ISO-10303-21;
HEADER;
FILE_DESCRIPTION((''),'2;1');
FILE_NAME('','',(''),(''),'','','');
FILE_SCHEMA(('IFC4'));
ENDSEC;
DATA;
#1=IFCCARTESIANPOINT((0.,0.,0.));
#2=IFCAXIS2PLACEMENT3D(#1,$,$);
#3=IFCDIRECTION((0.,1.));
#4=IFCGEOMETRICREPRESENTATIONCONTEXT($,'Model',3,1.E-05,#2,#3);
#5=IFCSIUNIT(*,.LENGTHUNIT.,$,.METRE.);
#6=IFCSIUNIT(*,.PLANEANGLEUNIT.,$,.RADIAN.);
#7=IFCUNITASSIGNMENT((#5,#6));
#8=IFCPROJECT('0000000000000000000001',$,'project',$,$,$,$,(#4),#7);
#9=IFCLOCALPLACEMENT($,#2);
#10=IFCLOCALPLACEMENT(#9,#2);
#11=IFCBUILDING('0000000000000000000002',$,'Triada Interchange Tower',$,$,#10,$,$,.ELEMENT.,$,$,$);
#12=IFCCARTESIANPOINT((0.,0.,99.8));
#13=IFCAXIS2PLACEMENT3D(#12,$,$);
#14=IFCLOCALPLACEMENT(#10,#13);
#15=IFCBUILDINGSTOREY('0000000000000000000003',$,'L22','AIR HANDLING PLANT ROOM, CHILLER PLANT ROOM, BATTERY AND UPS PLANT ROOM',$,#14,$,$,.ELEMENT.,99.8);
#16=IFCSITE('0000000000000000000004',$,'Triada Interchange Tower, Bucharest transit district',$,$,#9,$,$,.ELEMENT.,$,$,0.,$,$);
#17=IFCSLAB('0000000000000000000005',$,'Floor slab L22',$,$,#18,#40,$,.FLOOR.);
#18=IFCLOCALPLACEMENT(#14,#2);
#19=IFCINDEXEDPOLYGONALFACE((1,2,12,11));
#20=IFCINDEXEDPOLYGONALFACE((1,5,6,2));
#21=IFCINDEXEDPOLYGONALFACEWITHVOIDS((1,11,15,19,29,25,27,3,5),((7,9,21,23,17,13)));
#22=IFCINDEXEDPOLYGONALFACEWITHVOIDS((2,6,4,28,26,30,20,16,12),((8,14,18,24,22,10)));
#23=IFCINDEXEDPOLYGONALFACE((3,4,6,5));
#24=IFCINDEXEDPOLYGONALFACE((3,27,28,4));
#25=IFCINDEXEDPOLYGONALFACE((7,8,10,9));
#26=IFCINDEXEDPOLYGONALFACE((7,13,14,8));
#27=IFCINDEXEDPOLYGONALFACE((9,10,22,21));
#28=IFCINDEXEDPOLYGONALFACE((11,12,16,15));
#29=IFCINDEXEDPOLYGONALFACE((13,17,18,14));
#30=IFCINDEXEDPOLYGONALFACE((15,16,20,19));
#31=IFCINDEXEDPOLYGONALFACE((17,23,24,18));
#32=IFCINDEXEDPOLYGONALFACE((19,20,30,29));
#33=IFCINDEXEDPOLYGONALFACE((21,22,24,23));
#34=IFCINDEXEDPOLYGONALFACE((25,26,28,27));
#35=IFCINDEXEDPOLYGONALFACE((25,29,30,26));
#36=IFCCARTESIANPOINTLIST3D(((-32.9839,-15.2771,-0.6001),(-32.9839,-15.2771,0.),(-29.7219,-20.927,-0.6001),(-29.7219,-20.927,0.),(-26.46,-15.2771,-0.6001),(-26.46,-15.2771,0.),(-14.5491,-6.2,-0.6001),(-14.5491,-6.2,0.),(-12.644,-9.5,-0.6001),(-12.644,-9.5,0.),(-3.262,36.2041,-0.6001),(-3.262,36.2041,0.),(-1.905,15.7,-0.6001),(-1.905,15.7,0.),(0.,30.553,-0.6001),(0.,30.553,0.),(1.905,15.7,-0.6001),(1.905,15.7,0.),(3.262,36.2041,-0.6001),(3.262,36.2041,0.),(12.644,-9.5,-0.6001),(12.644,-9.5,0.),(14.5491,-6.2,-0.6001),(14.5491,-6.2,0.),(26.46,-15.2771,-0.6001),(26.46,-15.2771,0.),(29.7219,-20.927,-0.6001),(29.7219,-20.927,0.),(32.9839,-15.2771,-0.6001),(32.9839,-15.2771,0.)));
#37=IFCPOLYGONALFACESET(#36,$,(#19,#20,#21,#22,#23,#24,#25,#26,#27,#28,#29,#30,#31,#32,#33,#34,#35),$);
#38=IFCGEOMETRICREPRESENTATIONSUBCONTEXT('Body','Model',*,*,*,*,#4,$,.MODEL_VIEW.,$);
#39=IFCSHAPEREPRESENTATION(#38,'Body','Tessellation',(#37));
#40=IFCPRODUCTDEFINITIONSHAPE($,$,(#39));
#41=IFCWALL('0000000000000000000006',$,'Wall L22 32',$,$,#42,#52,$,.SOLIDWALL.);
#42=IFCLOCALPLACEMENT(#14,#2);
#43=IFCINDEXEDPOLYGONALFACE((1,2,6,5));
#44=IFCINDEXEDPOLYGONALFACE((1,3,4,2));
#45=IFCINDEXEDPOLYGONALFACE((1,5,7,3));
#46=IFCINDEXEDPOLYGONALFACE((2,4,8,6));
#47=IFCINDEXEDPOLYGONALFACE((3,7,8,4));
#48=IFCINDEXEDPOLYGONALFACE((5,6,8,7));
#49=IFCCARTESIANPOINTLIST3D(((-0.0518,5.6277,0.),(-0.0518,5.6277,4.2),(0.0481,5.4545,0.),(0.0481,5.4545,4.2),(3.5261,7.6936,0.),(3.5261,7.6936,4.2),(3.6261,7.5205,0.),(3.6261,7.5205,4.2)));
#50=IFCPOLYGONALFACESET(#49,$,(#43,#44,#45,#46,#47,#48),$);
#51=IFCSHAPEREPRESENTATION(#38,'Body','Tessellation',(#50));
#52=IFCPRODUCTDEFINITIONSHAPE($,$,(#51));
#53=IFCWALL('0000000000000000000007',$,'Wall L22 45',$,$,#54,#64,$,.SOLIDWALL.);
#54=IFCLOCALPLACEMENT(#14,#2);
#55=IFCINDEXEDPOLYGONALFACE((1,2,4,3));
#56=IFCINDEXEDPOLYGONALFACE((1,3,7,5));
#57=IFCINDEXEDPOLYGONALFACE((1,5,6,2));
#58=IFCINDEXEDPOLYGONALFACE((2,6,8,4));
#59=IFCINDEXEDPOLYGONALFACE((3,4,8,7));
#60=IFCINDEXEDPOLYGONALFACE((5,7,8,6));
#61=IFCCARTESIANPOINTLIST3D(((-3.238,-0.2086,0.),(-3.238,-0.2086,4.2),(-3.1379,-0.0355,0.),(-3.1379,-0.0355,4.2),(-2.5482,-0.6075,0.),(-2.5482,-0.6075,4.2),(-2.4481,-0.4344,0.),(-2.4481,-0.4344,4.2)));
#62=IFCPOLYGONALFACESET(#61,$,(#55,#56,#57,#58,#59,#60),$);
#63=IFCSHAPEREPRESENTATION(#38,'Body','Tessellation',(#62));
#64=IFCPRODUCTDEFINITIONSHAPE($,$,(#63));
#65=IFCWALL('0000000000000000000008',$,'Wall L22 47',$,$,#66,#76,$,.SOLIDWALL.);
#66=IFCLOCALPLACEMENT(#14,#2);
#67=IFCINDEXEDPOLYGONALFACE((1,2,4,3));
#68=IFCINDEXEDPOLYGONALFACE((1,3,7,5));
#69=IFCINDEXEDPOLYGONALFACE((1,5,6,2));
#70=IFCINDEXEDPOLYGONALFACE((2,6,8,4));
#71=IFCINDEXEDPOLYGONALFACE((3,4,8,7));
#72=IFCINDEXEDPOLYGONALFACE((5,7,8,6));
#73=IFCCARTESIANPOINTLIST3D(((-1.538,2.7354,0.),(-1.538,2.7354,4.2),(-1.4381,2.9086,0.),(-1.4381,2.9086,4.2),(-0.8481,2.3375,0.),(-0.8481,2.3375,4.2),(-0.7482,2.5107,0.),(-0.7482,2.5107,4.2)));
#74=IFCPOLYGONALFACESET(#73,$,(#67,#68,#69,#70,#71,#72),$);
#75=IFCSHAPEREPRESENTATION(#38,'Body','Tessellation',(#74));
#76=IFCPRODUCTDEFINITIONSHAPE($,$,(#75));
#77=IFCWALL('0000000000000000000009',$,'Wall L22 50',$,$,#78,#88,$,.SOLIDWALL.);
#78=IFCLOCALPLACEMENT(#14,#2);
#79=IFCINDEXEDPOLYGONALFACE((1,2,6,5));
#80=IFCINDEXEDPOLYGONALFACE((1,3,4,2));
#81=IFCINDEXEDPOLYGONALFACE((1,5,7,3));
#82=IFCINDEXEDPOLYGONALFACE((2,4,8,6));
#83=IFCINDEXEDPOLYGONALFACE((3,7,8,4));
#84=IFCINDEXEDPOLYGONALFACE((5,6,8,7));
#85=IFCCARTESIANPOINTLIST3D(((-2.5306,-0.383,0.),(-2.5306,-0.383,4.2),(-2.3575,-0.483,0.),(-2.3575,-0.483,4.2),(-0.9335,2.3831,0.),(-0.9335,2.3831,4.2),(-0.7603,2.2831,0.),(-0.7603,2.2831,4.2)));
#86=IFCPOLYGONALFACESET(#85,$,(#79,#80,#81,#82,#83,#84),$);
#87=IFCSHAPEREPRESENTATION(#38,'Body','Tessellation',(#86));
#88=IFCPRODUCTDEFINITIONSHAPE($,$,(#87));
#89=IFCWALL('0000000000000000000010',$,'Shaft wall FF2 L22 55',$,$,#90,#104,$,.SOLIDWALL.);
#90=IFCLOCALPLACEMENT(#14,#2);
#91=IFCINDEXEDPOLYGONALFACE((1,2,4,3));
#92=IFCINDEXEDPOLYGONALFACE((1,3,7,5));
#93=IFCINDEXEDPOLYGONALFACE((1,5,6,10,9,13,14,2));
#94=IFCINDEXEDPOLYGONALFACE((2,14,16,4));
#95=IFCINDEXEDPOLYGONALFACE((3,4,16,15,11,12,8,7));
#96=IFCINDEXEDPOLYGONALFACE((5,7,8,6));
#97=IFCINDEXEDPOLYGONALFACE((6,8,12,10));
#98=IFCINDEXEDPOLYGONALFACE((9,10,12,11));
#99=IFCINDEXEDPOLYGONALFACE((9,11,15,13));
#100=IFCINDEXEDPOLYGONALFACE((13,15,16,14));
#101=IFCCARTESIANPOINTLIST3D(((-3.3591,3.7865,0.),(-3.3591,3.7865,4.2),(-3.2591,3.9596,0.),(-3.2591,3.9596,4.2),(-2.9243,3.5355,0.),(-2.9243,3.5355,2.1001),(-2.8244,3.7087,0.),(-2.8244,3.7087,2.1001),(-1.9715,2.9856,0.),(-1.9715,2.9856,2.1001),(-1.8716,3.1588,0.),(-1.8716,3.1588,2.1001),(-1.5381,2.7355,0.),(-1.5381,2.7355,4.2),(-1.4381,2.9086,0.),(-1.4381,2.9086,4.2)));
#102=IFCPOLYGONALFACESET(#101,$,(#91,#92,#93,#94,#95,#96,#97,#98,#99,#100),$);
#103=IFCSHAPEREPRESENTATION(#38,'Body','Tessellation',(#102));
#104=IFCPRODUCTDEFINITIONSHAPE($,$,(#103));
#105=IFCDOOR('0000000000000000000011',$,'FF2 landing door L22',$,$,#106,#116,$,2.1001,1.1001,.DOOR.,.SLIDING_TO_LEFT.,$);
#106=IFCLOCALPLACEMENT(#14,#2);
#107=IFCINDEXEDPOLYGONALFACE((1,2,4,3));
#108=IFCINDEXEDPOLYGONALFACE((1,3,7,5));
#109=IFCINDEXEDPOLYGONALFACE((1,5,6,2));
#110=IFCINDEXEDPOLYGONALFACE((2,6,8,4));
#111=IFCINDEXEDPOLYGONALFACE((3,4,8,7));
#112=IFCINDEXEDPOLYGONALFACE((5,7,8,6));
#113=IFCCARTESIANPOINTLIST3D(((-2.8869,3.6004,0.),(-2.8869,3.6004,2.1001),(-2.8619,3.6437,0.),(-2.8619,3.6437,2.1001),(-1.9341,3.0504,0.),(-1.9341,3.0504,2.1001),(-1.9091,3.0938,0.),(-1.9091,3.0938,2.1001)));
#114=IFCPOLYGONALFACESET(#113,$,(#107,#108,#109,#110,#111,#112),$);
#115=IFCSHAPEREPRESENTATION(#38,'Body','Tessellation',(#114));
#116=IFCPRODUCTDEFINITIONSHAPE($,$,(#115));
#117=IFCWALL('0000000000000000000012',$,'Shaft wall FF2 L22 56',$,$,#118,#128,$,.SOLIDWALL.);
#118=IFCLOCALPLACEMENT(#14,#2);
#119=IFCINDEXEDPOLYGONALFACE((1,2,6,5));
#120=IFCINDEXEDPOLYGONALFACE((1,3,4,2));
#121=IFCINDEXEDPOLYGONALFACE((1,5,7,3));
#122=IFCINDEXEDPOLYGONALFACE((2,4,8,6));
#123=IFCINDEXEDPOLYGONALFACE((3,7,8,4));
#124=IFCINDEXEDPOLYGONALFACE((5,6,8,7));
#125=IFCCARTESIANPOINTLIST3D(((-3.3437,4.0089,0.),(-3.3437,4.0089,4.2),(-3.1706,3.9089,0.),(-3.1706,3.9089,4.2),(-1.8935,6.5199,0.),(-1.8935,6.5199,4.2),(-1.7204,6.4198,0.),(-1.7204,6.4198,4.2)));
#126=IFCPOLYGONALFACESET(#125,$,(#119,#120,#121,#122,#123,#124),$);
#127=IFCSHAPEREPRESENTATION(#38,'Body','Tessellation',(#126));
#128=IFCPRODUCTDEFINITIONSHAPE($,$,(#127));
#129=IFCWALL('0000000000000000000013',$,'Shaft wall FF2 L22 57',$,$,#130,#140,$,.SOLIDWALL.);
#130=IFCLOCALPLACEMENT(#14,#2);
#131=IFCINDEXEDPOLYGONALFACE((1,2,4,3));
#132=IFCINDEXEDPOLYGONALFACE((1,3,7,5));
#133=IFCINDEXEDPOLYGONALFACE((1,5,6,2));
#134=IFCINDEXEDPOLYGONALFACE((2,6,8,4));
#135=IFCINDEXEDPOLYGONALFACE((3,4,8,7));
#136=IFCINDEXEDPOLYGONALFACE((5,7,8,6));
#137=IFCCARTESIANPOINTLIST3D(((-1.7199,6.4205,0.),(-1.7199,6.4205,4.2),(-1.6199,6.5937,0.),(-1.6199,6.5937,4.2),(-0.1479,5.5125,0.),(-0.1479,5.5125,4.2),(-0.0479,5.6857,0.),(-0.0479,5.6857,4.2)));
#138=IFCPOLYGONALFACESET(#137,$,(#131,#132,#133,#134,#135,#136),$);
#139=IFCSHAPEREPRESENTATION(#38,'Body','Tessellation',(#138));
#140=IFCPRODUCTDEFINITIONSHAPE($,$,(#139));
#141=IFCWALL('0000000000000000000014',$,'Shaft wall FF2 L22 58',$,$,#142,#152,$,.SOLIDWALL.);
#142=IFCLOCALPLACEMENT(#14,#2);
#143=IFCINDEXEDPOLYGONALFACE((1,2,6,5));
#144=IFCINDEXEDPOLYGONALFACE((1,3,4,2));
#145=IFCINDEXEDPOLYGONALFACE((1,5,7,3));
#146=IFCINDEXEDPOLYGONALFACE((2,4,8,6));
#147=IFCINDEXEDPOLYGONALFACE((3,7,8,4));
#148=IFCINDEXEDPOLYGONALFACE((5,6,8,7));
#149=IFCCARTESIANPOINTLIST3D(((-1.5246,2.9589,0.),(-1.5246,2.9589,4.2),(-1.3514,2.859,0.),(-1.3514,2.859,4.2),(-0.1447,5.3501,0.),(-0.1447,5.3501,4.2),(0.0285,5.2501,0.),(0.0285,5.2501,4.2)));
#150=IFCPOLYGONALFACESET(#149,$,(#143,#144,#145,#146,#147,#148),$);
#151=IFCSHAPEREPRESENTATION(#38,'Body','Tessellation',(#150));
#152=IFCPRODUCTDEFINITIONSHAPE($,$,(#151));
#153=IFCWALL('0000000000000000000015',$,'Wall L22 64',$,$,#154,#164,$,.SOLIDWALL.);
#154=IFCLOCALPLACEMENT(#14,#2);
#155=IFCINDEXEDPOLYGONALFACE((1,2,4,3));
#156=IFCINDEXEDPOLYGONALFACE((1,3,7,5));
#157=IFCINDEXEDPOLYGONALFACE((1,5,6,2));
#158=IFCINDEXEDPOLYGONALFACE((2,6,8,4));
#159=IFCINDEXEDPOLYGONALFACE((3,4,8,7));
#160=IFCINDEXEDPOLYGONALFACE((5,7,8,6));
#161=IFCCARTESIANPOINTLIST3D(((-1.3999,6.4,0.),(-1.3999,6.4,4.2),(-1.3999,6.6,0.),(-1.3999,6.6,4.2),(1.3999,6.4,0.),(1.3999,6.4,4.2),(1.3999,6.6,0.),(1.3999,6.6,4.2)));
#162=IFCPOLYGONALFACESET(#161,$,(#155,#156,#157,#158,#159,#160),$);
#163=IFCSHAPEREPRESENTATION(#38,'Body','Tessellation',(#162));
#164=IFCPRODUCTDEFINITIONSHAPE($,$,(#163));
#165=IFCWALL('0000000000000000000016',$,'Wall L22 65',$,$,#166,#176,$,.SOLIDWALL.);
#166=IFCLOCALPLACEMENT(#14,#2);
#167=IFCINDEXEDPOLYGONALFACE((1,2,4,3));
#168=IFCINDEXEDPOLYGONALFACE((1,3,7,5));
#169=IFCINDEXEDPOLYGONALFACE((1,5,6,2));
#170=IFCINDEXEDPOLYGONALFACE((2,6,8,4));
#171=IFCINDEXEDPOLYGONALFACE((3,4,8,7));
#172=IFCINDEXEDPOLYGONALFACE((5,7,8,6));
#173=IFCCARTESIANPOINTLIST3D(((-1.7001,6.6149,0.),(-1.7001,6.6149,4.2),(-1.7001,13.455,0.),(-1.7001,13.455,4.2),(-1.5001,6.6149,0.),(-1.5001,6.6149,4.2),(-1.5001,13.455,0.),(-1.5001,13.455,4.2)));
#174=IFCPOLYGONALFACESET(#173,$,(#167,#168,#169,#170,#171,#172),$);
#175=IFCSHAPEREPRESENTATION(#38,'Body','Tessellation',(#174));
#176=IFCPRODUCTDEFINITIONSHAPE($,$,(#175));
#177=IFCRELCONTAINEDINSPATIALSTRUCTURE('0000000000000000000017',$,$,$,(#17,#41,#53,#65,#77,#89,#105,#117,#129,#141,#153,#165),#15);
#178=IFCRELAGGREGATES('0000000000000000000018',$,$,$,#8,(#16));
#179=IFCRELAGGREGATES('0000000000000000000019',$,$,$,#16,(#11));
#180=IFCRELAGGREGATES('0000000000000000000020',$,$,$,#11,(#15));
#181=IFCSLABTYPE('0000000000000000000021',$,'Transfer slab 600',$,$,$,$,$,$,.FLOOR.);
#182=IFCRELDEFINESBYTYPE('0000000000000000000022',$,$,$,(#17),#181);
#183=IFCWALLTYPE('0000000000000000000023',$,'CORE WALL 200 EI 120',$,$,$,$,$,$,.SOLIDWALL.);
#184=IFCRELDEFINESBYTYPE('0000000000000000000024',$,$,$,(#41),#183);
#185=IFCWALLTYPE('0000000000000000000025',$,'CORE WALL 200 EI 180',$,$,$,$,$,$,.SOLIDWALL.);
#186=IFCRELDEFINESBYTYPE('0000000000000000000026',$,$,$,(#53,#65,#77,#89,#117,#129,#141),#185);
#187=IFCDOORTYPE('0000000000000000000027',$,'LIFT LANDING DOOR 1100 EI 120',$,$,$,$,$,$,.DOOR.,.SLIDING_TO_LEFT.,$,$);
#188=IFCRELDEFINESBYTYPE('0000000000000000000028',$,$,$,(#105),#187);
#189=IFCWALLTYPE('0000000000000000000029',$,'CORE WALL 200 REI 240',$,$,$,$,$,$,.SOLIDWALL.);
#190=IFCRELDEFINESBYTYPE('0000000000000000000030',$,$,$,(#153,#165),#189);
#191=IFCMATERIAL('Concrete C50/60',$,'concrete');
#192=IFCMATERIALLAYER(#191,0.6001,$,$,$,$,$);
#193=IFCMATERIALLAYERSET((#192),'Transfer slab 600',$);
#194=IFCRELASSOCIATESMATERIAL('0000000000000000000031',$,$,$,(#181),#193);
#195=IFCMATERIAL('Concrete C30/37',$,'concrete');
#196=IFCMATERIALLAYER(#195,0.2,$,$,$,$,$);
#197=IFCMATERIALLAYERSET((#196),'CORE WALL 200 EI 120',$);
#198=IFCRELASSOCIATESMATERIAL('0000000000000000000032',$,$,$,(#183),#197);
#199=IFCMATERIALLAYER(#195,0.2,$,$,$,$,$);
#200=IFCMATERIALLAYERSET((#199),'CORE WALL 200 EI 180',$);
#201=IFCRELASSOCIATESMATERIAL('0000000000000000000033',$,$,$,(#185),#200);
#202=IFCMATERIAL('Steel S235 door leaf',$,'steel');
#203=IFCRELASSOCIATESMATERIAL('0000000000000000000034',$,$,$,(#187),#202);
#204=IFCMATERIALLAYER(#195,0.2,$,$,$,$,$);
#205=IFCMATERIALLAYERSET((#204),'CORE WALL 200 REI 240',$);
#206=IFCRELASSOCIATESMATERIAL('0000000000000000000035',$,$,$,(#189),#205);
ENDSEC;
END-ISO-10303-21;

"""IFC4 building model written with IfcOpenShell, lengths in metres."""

from ifc_helpers import new_model, si_unit, direction, frame, frame_2d, origin, place, context, subcontext, project, spatial, polyline, rectangle, outline, extrude, material, layer, layer_set, type_object, element, fill, save


model = new_model("IFC4")

# Units and contexts
model_context = context("Model", 3, precision=1e-05, world=origin(), true_north=direction((0.0, 1.0)))
body_context = subcontext(model_context, "Body", "Model", "MODEL_VIEW")
ifc_project = project(units=[si_unit("LENGTHUNIT", "METRE"), si_unit("PLANEANGLEUNIT", "RADIAN")], contexts=[model_context])

# Site, building, storey
site_placement = place(None, origin())
site = spatial("IfcSite", under=ifc_project, at=site_placement, Name="Triada Interchange Tower, Bucharest transit district", CompositionType="ELEMENT", RefElevation=0.0)
building_placement = place(site_placement, origin())
building = spatial("IfcBuilding", under=site, at=building_placement, Name="Triada Interchange Tower", CompositionType="ELEMENT")
storey_placement = place(building_placement, frame((0.0, 0.0, 99.8)))
storey = spatial("IfcBuildingStorey", under=building, at=storey_placement, Name="L22", Description="AIR HANDLING PLANT ROOM, CHILLER PLANT ROOM, BATTERY AND UPS PLANT ROOM", CompositionType="ELEMENT", Elevation=99.8)

# Slab
ifc_material_1 = material(Name="Concrete C50/60", Category="concrete")
ifc_layer_1 = layer(ifc_material_1, 0.6001)
ifc_layer_set_1 = layer_set([ifc_layer_1], Name="Transfer slab 600")
slab_type = type_object("IfcSlabType", Name="Transfer slab 600", PredefinedType="FLOOR", material=ifc_layer_set_1)
slab_placement = place(storey_placement, frame((0.0, 0.0, -0.6001)))
element("IfcSlab", 1, at=slab_placement, inside=storey, type_object=slab_type, Name="Floor slab L22", PredefinedType="FLOOR", context=body_context, shape_type="SweptSolid", body=[
    extrude(outline(polyline([(-3.262, 36.2041), (-32.9839, -15.2771), (-26.46, -15.2771), (-29.7219, -20.927), (29.7219, -20.927), (26.46, -15.2771), (32.9839, -15.2771), (3.262, 36.2041), (0.0, 30.553), (-3.262, 36.2041)]), holes=[polyline([(1.905, 15.7), (-1.905, 15.7), (-14.5491, -6.2), (-12.644, -9.5), (12.644, -9.5), (14.5491, -6.2), (1.905, 15.7)])]), origin(), (0.0, 0.0, 1.0), 0.6001),
])

# Walls
ifc_material_2 = material(Name="Concrete C30/37", Category="concrete")
ifc_layer_2 = layer(ifc_material_2, 0.2)
ifc_layer_set_2 = layer_set([ifc_layer_2], Name="CORE WALL 200 EI 120")
wall_type_1 = type_object("IfcWallType", Name="CORE WALL 200 EI 120", PredefinedType="SOLIDWALL", material=ifc_layer_set_2)
wall_1_placement = place(storey_placement, frame((-0.002, 5.541, 0.0), z_axis=(0.0, 0.0, 1.0), x_axis=(0.866002, 0.500041, 0.0)))
element("IfcWall", 2, at=wall_1_placement, inside=storey, type_object=wall_type_1, Name="Wall L22 32", PredefinedType="SOLIDWALL", context=body_context, shape_type="SweptSolid", body=[
    extrude(rectangle(XDim=4.1316, YDim=0.2, at=frame_2d((2.0659, 0.0))), origin(), (0.0, 0.0, 1.0), 4.2),
])
ifc_layer_3 = layer(ifc_material_2, 0.2)
ifc_layer_set_3 = layer_set([ifc_layer_3], Name="CORE WALL 200 EI 180")
wall_type_2 = type_object("IfcWallType", Name="CORE WALL 200 EI 180", PredefinedType="SOLIDWALL", material=ifc_layer_set_3)
wall_2_placement = place(storey_placement, frame((-3.188, -0.1221, 0.0), z_axis=(0.0, 0.0, 1.0), x_axis=(0.865706, -0.500553, 0.0)))
element("IfcWall", 3, at=wall_2_placement, inside=storey, type_object=wall_type_2, Name="Wall L22 45", PredefinedType="SOLIDWALL", context=body_context, shape_type="SweptSolid", body=[
    extrude(rectangle(XDim=0.7969, YDim=0.2, at=frame_2d((0.3984, 0.0))), origin(), (0.0, 0.0, 1.0), 4.2),
])
wall_3_placement = place(storey_placement, frame((-1.488, 2.822, 0.0), z_axis=(0.0, 0.0, 1.0), x_axis=(0.866237, -0.499634, 0.0)))
element("IfcWall", 4, at=wall_3_placement, inside=storey, type_object=wall_type_2, Name="Wall L22 47", PredefinedType="SOLIDWALL", context=body_context, shape_type="SweptSolid", body=[
    extrude(rectangle(XDim=0.7964, YDim=0.2, at=frame_2d((0.3982, 0.0))), origin(), (0.0, 0.0, 1.0), 4.2),
])
wall_4_placement = place(storey_placement, frame((-2.4441, -0.4331, 0.0), z_axis=(0.0, 0.0, 1.0), x_axis=(0.500036, 0.866005, 0.0)))
element("IfcWall", 5, at=wall_4_placement, inside=storey, type_object=wall_type_2, Name="Wall L22 50", PredefinedType="SOLIDWALL", context=body_context, shape_type="SweptSolid", body=[
    extrude(rectangle(XDim=3.1941, YDim=0.2, at=frame_2d((1.5972, 0.0))), origin(), (0.0, 0.0, 1.0), 4.2),
])

# Wall, opening, door
wall_5_placement = place(storey_placement, frame((-3.3091, 3.873, 0.0), z_axis=(0.0, 0.0, 1.0), x_axis=(0.866099, -0.499873, 0.0)))
wall_5 = element("IfcWall", 6, at=wall_5_placement, inside=storey, type_object=wall_type_2, Name="Shaft wall FF2 L22 55", PredefinedType="SOLIDWALL", context=body_context, shape_type="SweptSolid", body=[
    extrude(rectangle(XDim=2.1025, YDim=0.2, at=frame_2d((1.0513, 0.0))), origin(), (0.0, 0.0, 1.0), 4.2),
])
opening_placement = place(wall_5_placement, frame((0.502, 0.0, 0.0)))
opening = element("IfcOpeningElement", 7, at=opening_placement, cuts=wall_5, PredefinedType="OPENING", context=body_context, shape_type="SweptSolid", body=[
    extrude(rectangle(XDim=1.1001, YDim=2.1001, at=frame_2d((0.55, 1.05))), frame((0.0, 0.1099, 0.0), z_axis=(0.0, -1.0, 0.0), x_axis=(1.0, 0.0, 0.0)), (0.0, 0.0, 1.0), 0.22),
])
ifc_material_3 = material(Name="Steel S235 door leaf", Category="steel")
door_type = type_object("IfcDoorType", Name="LIFT LANDING DOOR 1100 EI 120", OperationType="SLIDING_TO_LEFT", PredefinedType="DOOR", material=ifc_material_3)
door_placement = place(opening_placement, origin())
door = element("IfcDoor", 8, at=door_placement, inside=storey, type_object=door_type, Name="FF2 landing door L22", OperationType="SLIDING_TO_LEFT", OverallHeight=2.1001, OverallWidth=1.1001, PredefinedType="DOOR", context=body_context, shape_type="SweptSolid", body=[
    extrude(rectangle(XDim=1.1001, YDim=2.1001, at=frame_2d((0.55, 1.05))), frame((0.0, 0.0249, 0.0), z_axis=(0.0, -1.0, 0.0), x_axis=(1.0, 0.0, 0.0)), (0.0, 0.0, 1.0), 0.05),
])
fill(opening, door)

# Walls
wall_6_placement = place(storey_placement, frame((-3.2571, 3.959, 0.0), z_axis=(0.0, 0.0, 1.0), x_axis=(0.500123, 0.865954, 0.0)))
element("IfcWall", 9, at=wall_6_placement, inside=storey, type_object=wall_type_2, Name="Shaft wall FF2 L22 56", PredefinedType="SOLIDWALL", context=body_context, shape_type="SweptSolid", body=[
    extrude(rectangle(XDim=2.8997, YDim=0.2, at=frame_2d((1.4497, 0.0))), origin(), (0.0, 0.0, 1.0), 4.2),
])
wall_7_placement = place(storey_placement, frame((-1.6699, 6.5071, 0.0), z_axis=(0.0, 0.0, 1.0), x_axis=(0.865941, -0.500145, 0.0)))
element("IfcWall", 10, at=wall_7_placement, inside=storey, type_object=wall_type_2, Name="Shaft wall FF2 L22 57", PredefinedType="SOLIDWALL", context=body_context, shape_type="SweptSolid", body=[
    extrude(rectangle(XDim=1.8154, YDim=0.2, at=frame_2d((0.9077, 0.0))), origin(), (0.0, 0.0, 1.0), 4.2),
])
wall_8_placement = place(storey_placement, frame((-1.438, 2.9089, 0.0), z_axis=(0.0, 0.0, 1.0), x_axis=(0.49983, 0.866124, 0.0)))
element("IfcWall", 11, at=wall_8_placement, inside=storey, type_object=wall_type_2, Name="Shaft wall FF2 L22 58", PredefinedType="SOLIDWALL", context=body_context, shape_type="SweptSolid", body=[
    extrude(rectangle(XDim=2.7607, YDim=0.2, at=frame_2d((1.3804, 0.0))), origin(), (0.0, 0.0, 1.0), 4.2),
])
ifc_layer_4 = layer(ifc_material_2, 0.2)
ifc_layer_set_4 = layer_set([ifc_layer_4], Name="CORE WALL 200 REI 240")
wall_type_3 = type_object("IfcWallType", Name="CORE WALL 200 REI 240", PredefinedType="SOLIDWALL", material=ifc_layer_set_4)
wall_9_placement = place(storey_placement, frame((-1.3999, 6.5, 0.0), z_axis=(0.0, 0.0, 1.0), x_axis=(1.0, 0.0, 0.0)))
element("IfcWall", 12, at=wall_9_placement, inside=storey, type_object=wall_type_3, Name="Wall L22 64", PredefinedType="SOLIDWALL", context=body_context, shape_type="SweptSolid", body=[
    extrude(rectangle(XDim=2.7998, YDim=0.2, at=frame_2d((1.3999, 0.0))), origin(), (0.0, 0.0, 1.0), 4.2),
])
wall_10_placement = place(storey_placement, frame((-1.6001, 6.615, 0.0), z_axis=(0.0, 0.0, 1.0), x_axis=(0.0, 1.0, 0.0)))
element("IfcWall", 13, at=wall_10_placement, inside=storey, type_object=wall_type_3, Name="Wall L22 65", PredefinedType="SOLIDWALL", context=body_context, shape_type="SweptSolid", body=[
    extrude(rectangle(XDim=6.8401, YDim=0.2, at=frame_2d((3.4199, 0.0))), origin(), (0.0, 0.0, 1.0), 4.2),
])

save(model, "model.ifc")
